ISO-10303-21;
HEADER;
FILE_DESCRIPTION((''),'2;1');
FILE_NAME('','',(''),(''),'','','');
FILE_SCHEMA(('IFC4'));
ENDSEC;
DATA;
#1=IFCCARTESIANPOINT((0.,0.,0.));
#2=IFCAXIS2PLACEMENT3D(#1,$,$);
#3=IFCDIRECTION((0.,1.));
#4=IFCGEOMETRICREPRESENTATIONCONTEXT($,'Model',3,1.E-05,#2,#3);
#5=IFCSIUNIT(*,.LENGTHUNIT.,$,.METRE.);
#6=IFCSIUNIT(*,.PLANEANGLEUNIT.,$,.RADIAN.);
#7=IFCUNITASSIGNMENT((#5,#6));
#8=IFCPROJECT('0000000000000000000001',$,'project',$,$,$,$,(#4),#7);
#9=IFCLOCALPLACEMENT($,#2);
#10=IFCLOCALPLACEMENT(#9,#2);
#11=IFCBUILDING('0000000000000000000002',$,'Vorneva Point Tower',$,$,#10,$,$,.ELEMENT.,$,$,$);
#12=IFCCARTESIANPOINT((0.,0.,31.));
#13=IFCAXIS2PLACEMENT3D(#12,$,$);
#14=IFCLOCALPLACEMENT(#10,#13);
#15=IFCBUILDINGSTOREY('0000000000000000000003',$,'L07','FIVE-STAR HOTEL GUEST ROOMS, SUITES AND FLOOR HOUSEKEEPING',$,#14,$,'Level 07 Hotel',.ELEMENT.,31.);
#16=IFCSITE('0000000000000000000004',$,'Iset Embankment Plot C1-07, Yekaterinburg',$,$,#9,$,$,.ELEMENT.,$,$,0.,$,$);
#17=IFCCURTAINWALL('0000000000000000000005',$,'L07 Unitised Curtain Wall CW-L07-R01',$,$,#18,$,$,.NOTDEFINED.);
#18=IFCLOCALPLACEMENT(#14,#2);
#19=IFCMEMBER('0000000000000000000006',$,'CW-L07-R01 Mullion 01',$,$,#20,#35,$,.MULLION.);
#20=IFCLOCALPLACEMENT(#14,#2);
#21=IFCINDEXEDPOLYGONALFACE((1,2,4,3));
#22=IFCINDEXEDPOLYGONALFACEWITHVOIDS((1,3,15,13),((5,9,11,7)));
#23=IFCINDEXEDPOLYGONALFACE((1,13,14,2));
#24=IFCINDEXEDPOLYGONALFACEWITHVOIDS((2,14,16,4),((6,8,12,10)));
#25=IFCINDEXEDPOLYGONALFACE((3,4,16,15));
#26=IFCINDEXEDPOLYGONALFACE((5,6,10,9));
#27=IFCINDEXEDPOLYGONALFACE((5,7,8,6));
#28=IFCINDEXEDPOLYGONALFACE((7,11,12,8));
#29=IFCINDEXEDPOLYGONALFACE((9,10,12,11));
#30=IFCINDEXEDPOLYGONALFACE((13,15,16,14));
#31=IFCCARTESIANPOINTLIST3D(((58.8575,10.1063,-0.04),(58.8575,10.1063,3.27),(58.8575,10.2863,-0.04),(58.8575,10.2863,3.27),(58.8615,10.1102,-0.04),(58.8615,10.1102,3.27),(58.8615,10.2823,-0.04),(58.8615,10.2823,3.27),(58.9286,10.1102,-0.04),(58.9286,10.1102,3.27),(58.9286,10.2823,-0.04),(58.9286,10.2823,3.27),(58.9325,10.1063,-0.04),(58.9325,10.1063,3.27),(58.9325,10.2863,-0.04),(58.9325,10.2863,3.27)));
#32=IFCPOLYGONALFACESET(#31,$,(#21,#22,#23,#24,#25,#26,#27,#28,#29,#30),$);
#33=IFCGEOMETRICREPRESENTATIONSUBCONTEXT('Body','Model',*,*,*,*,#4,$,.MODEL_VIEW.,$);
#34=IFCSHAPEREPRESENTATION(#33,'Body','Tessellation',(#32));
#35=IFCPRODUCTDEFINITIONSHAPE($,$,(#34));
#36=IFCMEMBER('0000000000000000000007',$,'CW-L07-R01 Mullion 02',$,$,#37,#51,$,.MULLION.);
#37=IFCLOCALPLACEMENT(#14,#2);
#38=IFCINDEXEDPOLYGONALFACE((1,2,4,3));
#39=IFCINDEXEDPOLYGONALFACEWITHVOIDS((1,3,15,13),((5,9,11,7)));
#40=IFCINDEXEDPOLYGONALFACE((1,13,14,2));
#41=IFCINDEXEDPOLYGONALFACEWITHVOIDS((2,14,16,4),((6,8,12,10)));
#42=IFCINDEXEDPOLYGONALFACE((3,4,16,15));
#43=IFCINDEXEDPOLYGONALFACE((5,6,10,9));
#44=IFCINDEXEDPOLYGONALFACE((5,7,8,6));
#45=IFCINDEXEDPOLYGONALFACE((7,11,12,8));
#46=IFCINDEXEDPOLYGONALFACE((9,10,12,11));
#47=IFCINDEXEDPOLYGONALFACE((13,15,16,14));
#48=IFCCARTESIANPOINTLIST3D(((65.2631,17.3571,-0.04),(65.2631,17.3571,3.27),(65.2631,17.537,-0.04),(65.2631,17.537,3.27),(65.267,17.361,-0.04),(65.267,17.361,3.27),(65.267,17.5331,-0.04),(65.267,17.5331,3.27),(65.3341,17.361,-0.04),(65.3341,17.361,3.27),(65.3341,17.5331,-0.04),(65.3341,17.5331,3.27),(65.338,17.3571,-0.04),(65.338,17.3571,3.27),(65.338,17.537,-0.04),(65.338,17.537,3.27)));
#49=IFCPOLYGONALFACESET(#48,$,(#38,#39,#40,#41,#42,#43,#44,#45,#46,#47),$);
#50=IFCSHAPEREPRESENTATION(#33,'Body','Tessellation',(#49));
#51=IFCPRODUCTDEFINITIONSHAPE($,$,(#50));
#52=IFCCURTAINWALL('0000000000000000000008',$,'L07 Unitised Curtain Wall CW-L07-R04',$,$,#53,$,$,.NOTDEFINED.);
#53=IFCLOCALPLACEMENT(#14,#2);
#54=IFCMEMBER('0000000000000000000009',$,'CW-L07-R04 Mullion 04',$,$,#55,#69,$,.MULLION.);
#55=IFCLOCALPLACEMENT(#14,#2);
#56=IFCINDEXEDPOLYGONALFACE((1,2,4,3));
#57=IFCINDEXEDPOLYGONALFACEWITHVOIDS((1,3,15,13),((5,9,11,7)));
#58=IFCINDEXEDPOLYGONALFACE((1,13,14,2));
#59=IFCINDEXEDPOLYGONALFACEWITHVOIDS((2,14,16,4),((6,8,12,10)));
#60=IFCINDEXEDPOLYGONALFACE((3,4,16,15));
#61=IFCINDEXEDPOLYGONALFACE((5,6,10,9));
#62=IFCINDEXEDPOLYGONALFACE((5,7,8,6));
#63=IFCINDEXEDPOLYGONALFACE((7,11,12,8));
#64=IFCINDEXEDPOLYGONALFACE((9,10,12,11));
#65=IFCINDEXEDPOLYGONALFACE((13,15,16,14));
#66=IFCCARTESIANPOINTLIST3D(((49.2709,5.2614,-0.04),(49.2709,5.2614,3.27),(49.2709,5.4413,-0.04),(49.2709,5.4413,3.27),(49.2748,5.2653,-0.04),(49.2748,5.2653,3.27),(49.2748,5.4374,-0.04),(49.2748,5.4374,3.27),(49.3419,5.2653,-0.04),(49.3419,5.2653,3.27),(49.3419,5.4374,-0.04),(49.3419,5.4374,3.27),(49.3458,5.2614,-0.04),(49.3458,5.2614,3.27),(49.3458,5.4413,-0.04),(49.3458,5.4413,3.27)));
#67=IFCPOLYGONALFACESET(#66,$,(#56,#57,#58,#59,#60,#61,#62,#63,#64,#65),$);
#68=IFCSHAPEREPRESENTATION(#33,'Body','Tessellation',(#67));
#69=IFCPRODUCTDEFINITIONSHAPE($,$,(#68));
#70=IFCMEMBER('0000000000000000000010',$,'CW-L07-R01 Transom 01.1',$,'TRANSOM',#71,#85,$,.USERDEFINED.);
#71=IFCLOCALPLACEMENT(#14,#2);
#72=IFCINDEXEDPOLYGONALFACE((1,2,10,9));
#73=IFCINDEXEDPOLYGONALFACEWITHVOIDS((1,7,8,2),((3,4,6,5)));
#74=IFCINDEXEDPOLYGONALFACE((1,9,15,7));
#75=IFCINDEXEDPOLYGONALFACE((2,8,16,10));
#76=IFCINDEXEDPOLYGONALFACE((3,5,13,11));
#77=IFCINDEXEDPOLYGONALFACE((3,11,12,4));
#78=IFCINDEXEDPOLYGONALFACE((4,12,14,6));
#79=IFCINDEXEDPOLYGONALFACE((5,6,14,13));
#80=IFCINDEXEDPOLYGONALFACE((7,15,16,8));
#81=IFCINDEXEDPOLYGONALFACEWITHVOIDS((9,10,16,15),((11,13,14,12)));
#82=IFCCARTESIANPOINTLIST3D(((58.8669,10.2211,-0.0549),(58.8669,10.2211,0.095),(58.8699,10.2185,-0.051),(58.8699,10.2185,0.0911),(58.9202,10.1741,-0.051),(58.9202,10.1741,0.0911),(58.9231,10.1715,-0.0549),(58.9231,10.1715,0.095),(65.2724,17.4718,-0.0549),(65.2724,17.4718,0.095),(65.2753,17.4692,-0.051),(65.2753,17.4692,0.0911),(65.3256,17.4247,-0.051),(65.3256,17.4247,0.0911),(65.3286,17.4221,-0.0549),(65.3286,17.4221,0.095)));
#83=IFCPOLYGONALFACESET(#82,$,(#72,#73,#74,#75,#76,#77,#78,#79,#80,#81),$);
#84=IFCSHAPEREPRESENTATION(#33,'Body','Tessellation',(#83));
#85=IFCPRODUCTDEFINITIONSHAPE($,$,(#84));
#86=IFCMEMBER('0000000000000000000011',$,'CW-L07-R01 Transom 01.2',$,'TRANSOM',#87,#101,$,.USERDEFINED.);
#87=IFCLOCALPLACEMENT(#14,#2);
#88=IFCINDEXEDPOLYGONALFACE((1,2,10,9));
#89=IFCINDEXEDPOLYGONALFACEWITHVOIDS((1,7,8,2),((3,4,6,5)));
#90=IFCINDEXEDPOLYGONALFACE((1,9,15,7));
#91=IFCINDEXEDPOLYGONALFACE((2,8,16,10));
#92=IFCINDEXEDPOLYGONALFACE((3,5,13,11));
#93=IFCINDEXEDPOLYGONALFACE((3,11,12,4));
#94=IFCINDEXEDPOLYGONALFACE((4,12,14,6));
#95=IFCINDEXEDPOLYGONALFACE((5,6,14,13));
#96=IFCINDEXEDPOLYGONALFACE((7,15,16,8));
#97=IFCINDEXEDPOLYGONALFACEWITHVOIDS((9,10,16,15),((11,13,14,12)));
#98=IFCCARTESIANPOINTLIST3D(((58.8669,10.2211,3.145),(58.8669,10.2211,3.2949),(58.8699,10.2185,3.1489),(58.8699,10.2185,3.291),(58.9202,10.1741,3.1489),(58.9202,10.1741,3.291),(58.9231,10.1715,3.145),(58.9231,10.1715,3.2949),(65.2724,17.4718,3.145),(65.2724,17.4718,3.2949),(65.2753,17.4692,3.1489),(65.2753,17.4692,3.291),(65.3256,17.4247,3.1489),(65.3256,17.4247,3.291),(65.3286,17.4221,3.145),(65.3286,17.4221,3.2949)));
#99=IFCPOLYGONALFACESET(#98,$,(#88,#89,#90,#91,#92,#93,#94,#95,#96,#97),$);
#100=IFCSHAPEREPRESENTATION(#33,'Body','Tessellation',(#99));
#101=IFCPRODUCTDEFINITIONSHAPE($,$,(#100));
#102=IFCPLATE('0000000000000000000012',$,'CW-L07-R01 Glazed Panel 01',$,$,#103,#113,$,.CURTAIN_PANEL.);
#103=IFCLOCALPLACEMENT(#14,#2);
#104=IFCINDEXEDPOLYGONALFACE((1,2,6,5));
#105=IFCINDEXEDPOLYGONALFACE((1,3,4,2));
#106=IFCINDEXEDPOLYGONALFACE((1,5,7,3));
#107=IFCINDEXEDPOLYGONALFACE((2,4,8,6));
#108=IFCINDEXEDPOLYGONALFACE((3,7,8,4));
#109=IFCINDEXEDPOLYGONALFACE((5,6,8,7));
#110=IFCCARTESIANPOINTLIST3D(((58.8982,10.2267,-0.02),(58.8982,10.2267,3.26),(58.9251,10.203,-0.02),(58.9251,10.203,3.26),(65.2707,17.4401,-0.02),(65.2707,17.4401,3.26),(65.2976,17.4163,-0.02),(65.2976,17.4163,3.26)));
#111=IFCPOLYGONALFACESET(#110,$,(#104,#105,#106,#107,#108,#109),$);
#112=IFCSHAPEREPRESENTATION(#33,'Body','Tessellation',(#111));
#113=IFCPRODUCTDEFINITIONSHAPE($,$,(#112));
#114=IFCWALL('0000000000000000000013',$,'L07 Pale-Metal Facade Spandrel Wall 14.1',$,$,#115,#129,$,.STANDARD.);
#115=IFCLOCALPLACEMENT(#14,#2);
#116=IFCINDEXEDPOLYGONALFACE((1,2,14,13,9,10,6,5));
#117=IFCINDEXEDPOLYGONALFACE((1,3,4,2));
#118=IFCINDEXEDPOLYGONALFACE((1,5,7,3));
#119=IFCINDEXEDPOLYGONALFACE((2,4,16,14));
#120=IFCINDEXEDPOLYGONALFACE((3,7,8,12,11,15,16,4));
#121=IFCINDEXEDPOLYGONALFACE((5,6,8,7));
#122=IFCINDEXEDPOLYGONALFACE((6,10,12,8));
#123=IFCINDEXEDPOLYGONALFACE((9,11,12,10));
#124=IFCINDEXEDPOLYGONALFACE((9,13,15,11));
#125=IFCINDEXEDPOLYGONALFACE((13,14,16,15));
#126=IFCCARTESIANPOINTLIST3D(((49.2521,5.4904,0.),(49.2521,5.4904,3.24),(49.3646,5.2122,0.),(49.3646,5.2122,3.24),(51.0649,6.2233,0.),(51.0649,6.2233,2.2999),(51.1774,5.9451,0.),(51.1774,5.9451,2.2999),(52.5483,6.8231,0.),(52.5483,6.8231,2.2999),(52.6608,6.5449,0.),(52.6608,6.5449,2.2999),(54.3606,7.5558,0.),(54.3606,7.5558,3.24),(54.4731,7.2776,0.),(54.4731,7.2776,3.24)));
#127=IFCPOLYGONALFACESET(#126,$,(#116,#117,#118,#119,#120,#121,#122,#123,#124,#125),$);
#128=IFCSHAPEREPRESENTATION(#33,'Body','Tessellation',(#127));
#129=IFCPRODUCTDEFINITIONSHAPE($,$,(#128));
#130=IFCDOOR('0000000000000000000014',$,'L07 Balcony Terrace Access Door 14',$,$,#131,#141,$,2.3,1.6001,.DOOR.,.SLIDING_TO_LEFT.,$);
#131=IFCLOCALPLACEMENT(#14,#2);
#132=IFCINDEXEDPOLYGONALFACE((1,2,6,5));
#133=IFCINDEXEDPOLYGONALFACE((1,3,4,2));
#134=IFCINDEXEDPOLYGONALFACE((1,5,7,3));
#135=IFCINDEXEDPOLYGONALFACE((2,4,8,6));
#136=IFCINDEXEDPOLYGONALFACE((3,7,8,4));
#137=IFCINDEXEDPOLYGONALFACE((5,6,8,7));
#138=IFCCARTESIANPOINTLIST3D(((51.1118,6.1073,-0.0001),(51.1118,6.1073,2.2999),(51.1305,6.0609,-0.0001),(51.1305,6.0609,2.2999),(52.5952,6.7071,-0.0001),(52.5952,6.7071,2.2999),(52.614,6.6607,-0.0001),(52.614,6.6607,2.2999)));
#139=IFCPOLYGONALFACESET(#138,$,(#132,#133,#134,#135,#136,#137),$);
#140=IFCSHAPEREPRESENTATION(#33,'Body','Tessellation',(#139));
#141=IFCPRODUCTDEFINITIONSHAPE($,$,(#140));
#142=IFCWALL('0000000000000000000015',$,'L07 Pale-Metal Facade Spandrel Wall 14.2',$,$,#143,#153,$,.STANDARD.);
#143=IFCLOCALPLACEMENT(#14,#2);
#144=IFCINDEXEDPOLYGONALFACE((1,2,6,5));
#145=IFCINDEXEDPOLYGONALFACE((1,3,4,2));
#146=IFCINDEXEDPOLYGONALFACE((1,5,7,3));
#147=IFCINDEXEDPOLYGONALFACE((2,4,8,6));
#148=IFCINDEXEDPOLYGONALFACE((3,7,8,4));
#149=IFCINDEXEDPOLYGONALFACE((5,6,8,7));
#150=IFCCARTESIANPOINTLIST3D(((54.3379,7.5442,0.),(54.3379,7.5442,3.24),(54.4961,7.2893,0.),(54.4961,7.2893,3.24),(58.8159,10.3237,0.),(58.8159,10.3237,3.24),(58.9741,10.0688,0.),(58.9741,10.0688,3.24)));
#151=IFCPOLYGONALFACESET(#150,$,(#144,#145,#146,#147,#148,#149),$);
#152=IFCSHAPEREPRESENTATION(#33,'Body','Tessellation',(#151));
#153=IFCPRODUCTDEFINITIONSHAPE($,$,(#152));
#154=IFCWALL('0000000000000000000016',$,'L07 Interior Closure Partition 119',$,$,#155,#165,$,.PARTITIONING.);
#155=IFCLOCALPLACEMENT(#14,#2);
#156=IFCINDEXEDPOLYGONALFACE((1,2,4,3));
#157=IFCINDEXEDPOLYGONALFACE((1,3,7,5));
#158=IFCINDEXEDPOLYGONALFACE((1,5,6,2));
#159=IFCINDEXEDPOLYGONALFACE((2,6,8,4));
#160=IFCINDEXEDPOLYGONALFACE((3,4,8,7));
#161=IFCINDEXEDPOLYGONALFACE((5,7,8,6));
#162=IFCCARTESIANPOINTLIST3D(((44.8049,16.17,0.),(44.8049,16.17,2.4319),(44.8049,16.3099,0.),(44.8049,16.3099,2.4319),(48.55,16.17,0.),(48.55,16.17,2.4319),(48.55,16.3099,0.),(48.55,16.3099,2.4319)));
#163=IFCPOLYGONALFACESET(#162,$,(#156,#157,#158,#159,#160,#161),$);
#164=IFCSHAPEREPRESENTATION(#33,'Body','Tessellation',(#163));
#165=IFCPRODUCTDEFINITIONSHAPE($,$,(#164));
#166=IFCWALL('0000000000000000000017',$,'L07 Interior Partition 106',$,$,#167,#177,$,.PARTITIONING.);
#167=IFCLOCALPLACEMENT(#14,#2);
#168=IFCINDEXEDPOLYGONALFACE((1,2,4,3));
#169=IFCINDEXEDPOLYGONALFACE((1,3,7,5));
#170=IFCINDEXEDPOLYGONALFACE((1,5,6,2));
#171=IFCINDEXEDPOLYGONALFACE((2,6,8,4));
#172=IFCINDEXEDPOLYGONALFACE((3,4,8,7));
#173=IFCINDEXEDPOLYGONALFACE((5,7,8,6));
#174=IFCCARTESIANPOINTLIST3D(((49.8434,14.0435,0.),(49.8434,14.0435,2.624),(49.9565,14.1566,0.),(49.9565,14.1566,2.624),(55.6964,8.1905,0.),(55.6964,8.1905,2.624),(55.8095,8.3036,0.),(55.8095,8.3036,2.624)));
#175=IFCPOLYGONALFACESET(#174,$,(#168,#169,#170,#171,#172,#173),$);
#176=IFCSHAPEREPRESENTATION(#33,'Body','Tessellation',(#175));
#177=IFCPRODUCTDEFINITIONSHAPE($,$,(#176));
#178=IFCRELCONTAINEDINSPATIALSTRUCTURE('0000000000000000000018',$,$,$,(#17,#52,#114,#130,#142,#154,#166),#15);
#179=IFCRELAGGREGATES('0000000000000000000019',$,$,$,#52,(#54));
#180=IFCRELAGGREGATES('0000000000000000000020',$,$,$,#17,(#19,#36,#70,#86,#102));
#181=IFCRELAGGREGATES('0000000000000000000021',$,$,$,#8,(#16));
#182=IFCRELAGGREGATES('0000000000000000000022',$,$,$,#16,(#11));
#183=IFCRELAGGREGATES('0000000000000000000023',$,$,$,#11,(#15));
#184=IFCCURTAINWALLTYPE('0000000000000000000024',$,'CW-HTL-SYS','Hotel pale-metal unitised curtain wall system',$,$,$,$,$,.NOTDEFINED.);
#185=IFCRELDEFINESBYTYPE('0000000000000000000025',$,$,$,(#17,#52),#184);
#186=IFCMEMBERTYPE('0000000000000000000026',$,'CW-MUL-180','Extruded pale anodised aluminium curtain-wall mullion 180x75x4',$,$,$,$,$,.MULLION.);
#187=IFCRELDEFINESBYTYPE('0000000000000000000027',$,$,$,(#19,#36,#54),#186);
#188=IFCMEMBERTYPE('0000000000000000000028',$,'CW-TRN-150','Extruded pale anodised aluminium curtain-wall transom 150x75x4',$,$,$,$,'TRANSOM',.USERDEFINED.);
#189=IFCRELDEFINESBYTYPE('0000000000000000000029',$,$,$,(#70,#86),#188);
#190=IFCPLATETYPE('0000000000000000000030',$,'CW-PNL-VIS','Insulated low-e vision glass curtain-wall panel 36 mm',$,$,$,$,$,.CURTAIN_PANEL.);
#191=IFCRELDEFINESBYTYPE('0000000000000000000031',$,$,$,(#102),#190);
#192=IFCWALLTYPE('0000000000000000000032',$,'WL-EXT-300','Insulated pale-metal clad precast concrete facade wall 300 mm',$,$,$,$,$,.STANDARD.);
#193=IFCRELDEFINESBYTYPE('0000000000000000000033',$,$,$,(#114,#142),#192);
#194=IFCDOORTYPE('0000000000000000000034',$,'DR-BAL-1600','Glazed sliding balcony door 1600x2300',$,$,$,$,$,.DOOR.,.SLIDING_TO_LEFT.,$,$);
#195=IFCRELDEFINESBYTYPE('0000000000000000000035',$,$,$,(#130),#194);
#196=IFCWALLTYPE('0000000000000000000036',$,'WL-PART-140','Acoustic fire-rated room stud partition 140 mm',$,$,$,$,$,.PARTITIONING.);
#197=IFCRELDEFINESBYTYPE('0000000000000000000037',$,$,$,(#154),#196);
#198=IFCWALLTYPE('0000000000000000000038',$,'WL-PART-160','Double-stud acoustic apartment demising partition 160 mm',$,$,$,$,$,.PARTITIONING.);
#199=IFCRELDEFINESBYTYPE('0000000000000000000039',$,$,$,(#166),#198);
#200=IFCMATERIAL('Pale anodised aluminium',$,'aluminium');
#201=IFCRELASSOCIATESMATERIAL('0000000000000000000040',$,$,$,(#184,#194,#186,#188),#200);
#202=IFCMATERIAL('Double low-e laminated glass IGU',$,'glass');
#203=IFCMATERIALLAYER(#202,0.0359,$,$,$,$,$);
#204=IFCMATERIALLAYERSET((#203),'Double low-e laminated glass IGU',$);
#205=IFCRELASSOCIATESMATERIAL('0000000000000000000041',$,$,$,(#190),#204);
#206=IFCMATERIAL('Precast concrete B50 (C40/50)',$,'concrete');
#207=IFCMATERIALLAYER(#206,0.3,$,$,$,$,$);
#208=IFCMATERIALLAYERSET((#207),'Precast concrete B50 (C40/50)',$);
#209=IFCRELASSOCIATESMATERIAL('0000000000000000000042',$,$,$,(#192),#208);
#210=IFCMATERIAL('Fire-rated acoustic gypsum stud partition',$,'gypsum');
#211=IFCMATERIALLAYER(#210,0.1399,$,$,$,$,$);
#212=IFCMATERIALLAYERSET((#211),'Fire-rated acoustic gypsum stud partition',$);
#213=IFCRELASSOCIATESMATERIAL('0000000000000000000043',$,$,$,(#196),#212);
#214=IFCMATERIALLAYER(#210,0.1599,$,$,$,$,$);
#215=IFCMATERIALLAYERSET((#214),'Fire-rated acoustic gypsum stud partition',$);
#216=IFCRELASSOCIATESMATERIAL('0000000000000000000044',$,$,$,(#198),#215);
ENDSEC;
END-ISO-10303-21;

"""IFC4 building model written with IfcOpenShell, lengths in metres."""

from ifc_helpers import new_model, si_unit, direction, frame, frame_2d, origin, origin_2d, place, context, subcontext, project, spatial, rectangle, hollow_rectangle, extrude, material, layer, layer_set, material_profile, profile_set, type_object, element, fill, aggregate, save


model = new_model("IFC4")

# Units and contexts
model_context = context("Model", 3, precision=1e-05, world=origin(), true_north=direction((0.0, 1.0)))
body_context = subcontext(model_context, "Body", "Model", "MODEL_VIEW")
ifc_project = project(units=[si_unit("LENGTHUNIT", "METRE"), si_unit("PLANEANGLEUNIT", "RADIAN")], contexts=[model_context])

# Site, building, storey
site_placement = place(None, origin())
site = spatial("IfcSite", under=ifc_project, at=site_placement, Name="Iset Embankment Plot C1-07, Yekaterinburg", CompositionType="ELEMENT", RefElevation=0.0)
building_placement = place(site_placement, origin())
building = spatial("IfcBuilding", under=site, at=building_placement, Name="Vorneva Point Tower", CompositionType="ELEMENT")
storey_placement = place(building_placement, frame((0.0, 0.0, 31.0)))
storey = spatial("IfcBuildingStorey", under=building, at=storey_placement, Name="L07", Description="FIVE-STAR HOTEL GUEST ROOMS, SUITES AND FLOOR HOUSEKEEPING", LongName="Level 07 Hotel", CompositionType="ELEMENT", Elevation=31.0)

# Curtain wall, members
ifc_material_1 = material(Name="Pale anodised aluminium", Category="aluminium")
curtain_wall_type = type_object("IfcCurtainWallType", Name="CW-HTL-SYS", Description="Hotel pale-metal unitised curtain wall system", PredefinedType="NOTDEFINED", material=ifc_material_1)
curtain_wall_1_placement = place(storey_placement, origin())
curtain_wall_1 = element("IfcCurtainWall", 1, at=curtain_wall_1_placement, inside=storey, type_object=curtain_wall_type, Name="L07 Unitised Curtain Wall CW-L07-R01", PredefinedType="NOTDEFINED")
ifc_material_profile_1 = material_profile(ifc_material_1, hollow_rectangle(XDim=0.075, YDim=0.1799, WallThickness=0.0039, at=origin_2d()), Name="AL-MUL 180x75x4")
ifc_profile_set_1 = profile_set([ifc_material_profile_1], Name="Pale anodised aluminium")
member_type_1 = type_object("IfcMemberType", Name="CW-MUL-180", Description="Extruded pale anodised aluminium curtain-wall mullion 180x75x4", PredefinedType="MULLION", material=ifc_profile_set_1)
member_1_placement = place(storey_placement, frame((58.895, 10.1963, -0.04), z_axis=(0.0, 0.0, 1.0), x_axis=(1.0, 0.0, 0.0)))
member_1 = element("IfcMember", 2, at=member_1_placement, type_object=member_type_1, Name="CW-L07-R01 Mullion 01", PredefinedType="MULLION", context=body_context, shape_type="SweptSolid", body=[
    extrude(hollow_rectangle(XDim=0.075, YDim=0.1799, WallThickness=0.0039, at=origin_2d()), origin(), (0.0, 0.0, 1.0), 3.3101),
])
member_2_placement = place(storey_placement, frame((65.3005, 17.447, -0.04), z_axis=(0.0, 0.0, 1.0), x_axis=(1.0, 0.0, 0.0)))
member_2 = element("IfcMember", 3, at=member_2_placement, type_object=member_type_1, Name="CW-L07-R01 Mullion 02", PredefinedType="MULLION", context=body_context, shape_type="SweptSolid", body=[
    extrude(hollow_rectangle(XDim=0.075, YDim=0.1799, WallThickness=0.0039, at=origin_2d()), origin(), (0.0, 0.0, 1.0), 3.3101),
])

# Curtain wall, member
curtain_wall_2_placement = place(storey_placement, origin())
curtain_wall_2 = element("IfcCurtainWall", 4, at=curtain_wall_2_placement, inside=storey, type_object=curtain_wall_type, Name="L07 Unitised Curtain Wall CW-L07-R04", PredefinedType="NOTDEFINED")
member_3_placement = place(storey_placement, frame((49.3083, 5.3513, -0.04), z_axis=(0.0, 0.0, 1.0), x_axis=(1.0, 0.0, 0.0)))
member_3 = element("IfcMember", 5, at=member_3_placement, type_object=member_type_1, Name="CW-L07-R04 Mullion 04", PredefinedType="MULLION", context=body_context, shape_type="SweptSolid", body=[
    extrude(hollow_rectangle(XDim=0.075, YDim=0.1799, WallThickness=0.0039, at=origin_2d()), origin(), (0.0, 0.0, 1.0), 3.3101),
])
aggregate(curtain_wall_2, [member_3])

# Members
ifc_material_profile_2 = material_profile(ifc_material_1, hollow_rectangle(XDim=0.075, YDim=0.1499, WallThickness=0.0039, at=origin_2d()), Name="AL-TRN 150x75x4")
ifc_profile_set_2 = profile_set([ifc_material_profile_2], Name="Pale anodised aluminium")
member_type_2 = type_object("IfcMemberType", Name="CW-TRN-150", Description="Extruded pale anodised aluminium curtain-wall transom 150x75x4", ElementType="TRANSOM", PredefinedType="USERDEFINED", material=ifc_profile_set_2)
member_4_placement = place(storey_placement, frame((58.895, 10.1963, 0.02), z_axis=(0.662076, 0.749437, 0.0), x_axis=(-0.749437, 0.662076, 0.0)))
member_4 = element("IfcMember", 6, at=member_4_placement, type_object=member_type_2, Name="CW-L07-R01 Transom 01.1", ObjectType="TRANSOM", PredefinedType="USERDEFINED", context=body_context, shape_type="SweptSolid", body=[
    extrude(hollow_rectangle(XDim=0.075, YDim=0.1499, WallThickness=0.0039, at=origin_2d()), origin(), (0.0, 0.0, 1.0), 9.6748),
])
member_5_placement = place(storey_placement, frame((58.895, 10.1963, 3.22), z_axis=(0.662076, 0.749437, 0.0), x_axis=(-0.749437, 0.662076, 0.0)))
member_5 = element("IfcMember", 7, at=member_5_placement, type_object=member_type_2, Name="CW-L07-R01 Transom 01.2", ObjectType="TRANSOM", PredefinedType="USERDEFINED", context=body_context, shape_type="SweptSolid", body=[
    extrude(hollow_rectangle(XDim=0.075, YDim=0.1499, WallThickness=0.0039, at=origin_2d()), origin(), (0.0, 0.0, 1.0), 9.6748),
])

# Plate
ifc_material_2 = material(Name="Double low-e laminated glass IGU", Category="glass")
ifc_layer_1 = layer(ifc_material_2, 0.0359)
ifc_layer_set_1 = layer_set([ifc_layer_1], Name="Double low-e laminated glass IGU")
plate_type = type_object("IfcPlateType", Name="CW-PNL-VIS", Description="Insulated low-e vision glass curtain-wall panel 36 mm", PredefinedType="CURTAIN_PANEL", material=ifc_layer_set_1)
plate_placement = place(storey_placement, frame((62.0979, 13.8215, -0.02), z_axis=(0.0, 0.0, 1.0), x_axis=(0.662071, 0.749441, 0.0)))
plate = element("IfcPlate", 8, at=plate_placement, type_object=plate_type, Name="CW-L07-R01 Glazed Panel 01", PredefinedType="CURTAIN_PANEL", context=body_context, shape_type="SweptSolid", body=[
    extrude(rectangle(XDim=9.625, YDim=0.0359, at=origin_2d()), origin(), (0.0, 0.0, 1.0), 3.28),
])
aggregate(curtain_wall_1, [member_1, member_2, member_4, member_5, plate])

# Wall, opening, door
ifc_material_3 = material(Name="Precast concrete B50 (C40/50)", Category="concrete")
ifc_layer_2 = layer(ifc_material_3, 0.3)
ifc_layer_set_2 = layer_set([ifc_layer_2], Name="Precast concrete B50 (C40/50)")
wall_type_1 = type_object("IfcWallType", Name="WL-EXT-300", Description="Insulated pale-metal clad precast concrete facade wall 300 mm", PredefinedType="STANDARD", material=ifc_layer_set_2)
wall_1_placement = place(storey_placement, frame((49.3083, 5.3513, 0.0), z_axis=(0.0, 0.0, 1.0), x_axis=(0.927095, 0.374826, 0.0)))
wall_1 = element("IfcWall", 9, at=wall_1_placement, inside=storey, type_object=wall_type_1, Name="L07 Pale-Metal Facade Spandrel Wall 14.1", PredefinedType="STANDARD", context=body_context, shape_type="SweptSolid", body=[
    extrude(rectangle(XDim=5.5103, YDim=0.3, at=frame_2d((2.7551, 0.0))), origin(), (0.0, 0.0, 1.0), 3.24),
])
opening_1_placement = place(wall_1_placement, frame((1.9553, 0.0, 0.0)))
opening_1 = element("IfcOpeningElement", 10, at=opening_1_placement, cuts=wall_1, PredefinedType="OPENING", context=body_context, shape_type="SweptSolid", body=[
    extrude(rectangle(XDim=1.6001, YDim=2.3, at=frame_2d((0.8, 1.1499))), frame((0.0, 0.165, 0.0), z_axis=(0.0, -1.0, 0.0), x_axis=(1.0, 0.0, 0.0)), (0.0, 0.0, 1.0), 0.3298),
])
door_type_1 = type_object("IfcDoorType", Name="DR-BAL-1600", Description="Glazed sliding balcony door 1600x2300", OperationType="SLIDING_TO_LEFT", PredefinedType="DOOR", material=ifc_material_1)
door_1_placement = place(opening_1_placement, origin())
door_1 = element("IfcDoor", 11, at=door_1_placement, inside=storey, type_object=door_type_1, Name="L07 Balcony Terrace Access Door 14", OperationType="SLIDING_TO_LEFT", OverallHeight=2.3, OverallWidth=1.6001, PredefinedType="DOOR", context=body_context, shape_type="SweptSolid", body=[
    extrude(rectangle(XDim=1.6001, YDim=2.3, at=frame_2d((0.8, 1.1499))), frame((0.0, 0.0249, 0.0), z_axis=(0.0, -1.0, 0.0), x_axis=(1.0, 0.0, 0.0)), (0.0, 0.0, 1.0), 0.05),
])
fill(opening_1, door_1)

# Walls
wall_2_placement = place(storey_placement, frame((54.417, 7.4167, 0.0), z_axis=(0.0, 0.0, 1.0), x_axis=(0.849634, 0.527373, 0.0)))
element("IfcWall", 12, at=wall_2_placement, inside=storey, type_object=wall_type_1, Name="L07 Pale-Metal Facade Spandrel Wall 14.2", PredefinedType="STANDARD", context=body_context, shape_type="SweptSolid", body=[
    extrude(rectangle(XDim=5.2705, YDim=0.3, at=frame_2d((2.6353, 0.0))), origin(), (0.0, 0.0, 1.0), 3.24),
])
ifc_material_4 = material(Name="Fire-rated acoustic gypsum stud partition", Category="gypsum")
ifc_layer_3 = layer(ifc_material_4, 0.1399)
ifc_layer_set_3 = layer_set([ifc_layer_3], Name="Fire-rated acoustic gypsum stud partition")
wall_type_2 = type_object("IfcWallType", Name="WL-PART-140", Description="Acoustic fire-rated room stud partition 140 mm", PredefinedType="PARTITIONING", material=ifc_layer_set_3)
wall_3_placement = place(storey_placement, frame((48.55, 16.24, 0.0), z_axis=(0.0, 0.0, 1.0), x_axis=(-1.0, 0.0, 0.0)))
element("IfcWall", 13, at=wall_3_placement, inside=storey, type_object=wall_type_2, Name="L07 Interior Closure Partition 119", PredefinedType="PARTITIONING", context=body_context, shape_type="SweptSolid", body=[
    extrude(rectangle(XDim=3.7451, YDim=0.1399, at=frame_2d((1.8726, 0.0))), origin(), (0.0, 0.0, 1.0), 2.4319),
])
ifc_layer_4 = layer(ifc_material_4, 0.1599)
ifc_layer_set_4 = layer_set([ifc_layer_4], Name="Fire-rated acoustic gypsum stud partition")
wall_type_3 = type_object("IfcWallType", Name="WL-PART-160", Description="Double-stud acoustic apartment demising partition 160 mm", PredefinedType="PARTITIONING", material=ifc_layer_set_4)
wall_4_placement = place(storey_placement, frame((55.7529, 8.2471, 0.0), z_axis=(0.0, 0.0, 1.0), x_axis=(-0.707107, 0.707107, 0.0)))
element("IfcWall", 14, at=wall_4_placement, inside=storey, type_object=wall_type_3, Name="L07 Interior Partition 106", PredefinedType="PARTITIONING", context=body_context, shape_type="SweptSolid", body=[
    extrude(rectangle(XDim=8.2773, YDim=0.1599, at=frame_2d((4.1387, 0.0))), origin(), (0.0, 0.0, 1.0), 2.624),
])

save(model, "model.ifc")
